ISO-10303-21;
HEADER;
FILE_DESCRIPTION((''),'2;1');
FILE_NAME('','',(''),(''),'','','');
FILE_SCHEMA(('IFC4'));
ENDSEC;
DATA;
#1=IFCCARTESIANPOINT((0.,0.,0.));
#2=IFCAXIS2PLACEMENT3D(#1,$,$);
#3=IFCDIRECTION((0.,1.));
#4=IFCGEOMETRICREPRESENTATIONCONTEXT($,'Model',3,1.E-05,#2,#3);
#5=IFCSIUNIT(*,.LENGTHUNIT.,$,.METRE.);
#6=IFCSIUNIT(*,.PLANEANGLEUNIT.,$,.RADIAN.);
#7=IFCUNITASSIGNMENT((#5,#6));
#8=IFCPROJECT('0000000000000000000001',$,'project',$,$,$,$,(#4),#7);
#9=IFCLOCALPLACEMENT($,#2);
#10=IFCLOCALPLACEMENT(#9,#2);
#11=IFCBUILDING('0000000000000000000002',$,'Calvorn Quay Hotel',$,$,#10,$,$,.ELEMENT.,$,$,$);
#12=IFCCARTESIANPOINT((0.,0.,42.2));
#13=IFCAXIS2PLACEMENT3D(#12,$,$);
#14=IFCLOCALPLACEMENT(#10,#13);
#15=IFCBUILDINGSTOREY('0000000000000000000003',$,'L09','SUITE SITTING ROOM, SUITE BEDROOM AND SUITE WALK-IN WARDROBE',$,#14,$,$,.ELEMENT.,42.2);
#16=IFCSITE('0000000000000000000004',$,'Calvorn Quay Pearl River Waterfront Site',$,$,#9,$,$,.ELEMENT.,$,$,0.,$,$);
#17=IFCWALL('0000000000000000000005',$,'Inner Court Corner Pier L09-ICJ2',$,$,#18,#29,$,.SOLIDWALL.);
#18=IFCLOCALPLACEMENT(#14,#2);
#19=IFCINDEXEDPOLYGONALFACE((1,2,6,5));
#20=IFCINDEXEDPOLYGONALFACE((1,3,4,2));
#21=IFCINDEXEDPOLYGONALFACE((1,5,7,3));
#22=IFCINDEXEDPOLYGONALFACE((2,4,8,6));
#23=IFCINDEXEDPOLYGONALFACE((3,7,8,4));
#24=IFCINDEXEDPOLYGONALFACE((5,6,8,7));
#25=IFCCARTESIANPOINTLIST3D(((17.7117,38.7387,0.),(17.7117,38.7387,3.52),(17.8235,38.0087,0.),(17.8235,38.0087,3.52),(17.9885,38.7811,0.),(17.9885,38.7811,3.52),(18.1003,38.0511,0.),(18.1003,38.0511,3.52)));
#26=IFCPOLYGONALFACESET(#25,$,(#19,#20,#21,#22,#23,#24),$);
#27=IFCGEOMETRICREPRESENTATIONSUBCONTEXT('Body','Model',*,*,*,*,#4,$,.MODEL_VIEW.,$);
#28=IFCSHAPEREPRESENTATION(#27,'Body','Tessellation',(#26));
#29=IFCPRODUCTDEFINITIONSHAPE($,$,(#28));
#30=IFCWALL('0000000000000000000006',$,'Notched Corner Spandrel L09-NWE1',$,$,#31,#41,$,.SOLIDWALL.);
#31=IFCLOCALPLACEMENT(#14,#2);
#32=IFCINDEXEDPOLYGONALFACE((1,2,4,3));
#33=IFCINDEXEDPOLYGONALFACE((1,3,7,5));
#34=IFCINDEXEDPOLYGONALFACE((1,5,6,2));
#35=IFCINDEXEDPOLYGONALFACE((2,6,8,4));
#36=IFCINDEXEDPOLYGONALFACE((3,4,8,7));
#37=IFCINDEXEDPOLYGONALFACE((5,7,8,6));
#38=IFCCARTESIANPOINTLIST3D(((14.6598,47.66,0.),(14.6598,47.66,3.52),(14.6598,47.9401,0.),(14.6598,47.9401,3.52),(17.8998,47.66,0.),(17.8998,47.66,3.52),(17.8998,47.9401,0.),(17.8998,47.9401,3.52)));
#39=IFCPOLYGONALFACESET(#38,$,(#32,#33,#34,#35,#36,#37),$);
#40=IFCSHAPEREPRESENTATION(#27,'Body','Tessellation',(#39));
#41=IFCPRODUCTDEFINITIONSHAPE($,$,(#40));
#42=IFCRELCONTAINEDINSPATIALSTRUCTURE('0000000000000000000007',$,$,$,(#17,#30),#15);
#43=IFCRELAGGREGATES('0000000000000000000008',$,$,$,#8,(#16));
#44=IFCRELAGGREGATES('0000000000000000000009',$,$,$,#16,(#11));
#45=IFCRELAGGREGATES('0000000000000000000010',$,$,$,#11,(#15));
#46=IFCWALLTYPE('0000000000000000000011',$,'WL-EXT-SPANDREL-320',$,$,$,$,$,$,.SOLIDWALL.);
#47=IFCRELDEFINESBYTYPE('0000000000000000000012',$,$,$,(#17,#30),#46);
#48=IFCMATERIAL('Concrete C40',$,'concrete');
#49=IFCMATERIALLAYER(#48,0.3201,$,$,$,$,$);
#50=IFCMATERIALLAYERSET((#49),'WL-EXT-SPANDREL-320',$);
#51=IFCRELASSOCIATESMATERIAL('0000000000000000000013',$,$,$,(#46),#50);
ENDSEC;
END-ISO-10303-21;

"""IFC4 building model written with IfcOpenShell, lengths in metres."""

from ifc_helpers import new_model, si_unit, direction, frame, frame_2d, origin, place, context, subcontext, project, spatial, rectangle, extrude, material, layer, layer_set, type_object, element, save


model = new_model("IFC4")

# Units and contexts
model_context = context("Model", 3, precision=1e-05, world=origin(), true_north=direction((0.0, 1.0)))
body_context = subcontext(model_context, "Body", "Model", "MODEL_VIEW")
ifc_project = project(units=[si_unit("LENGTHUNIT", "METRE"), si_unit("PLANEANGLEUNIT", "RADIAN")], contexts=[model_context])

# Site, building, storey
site_placement = place(None, origin())
site = spatial("IfcSite", under=ifc_project, at=site_placement, Name="Calvorn Quay Pearl River Waterfront Site", CompositionType="ELEMENT", RefElevation=0.0)
building_placement = place(site_placement, origin())
building = spatial("IfcBuilding", under=site, at=building_placement, Name="Calvorn Quay Hotel", CompositionType="ELEMENT")
storey_placement = place(building_placement, frame((0.0, 0.0, 42.2)))
storey = spatial("IfcBuildingStorey", under=building, at=storey_placement, Name="L09", Description="SUITE SITTING ROOM, SUITE BEDROOM AND SUITE WALK-IN WARDROBE", CompositionType="ELEMENT", Elevation=42.2)

# Walls
ifc_material_1 = material(Name="Concrete C40", Category="concrete")
ifc_layer_1 = layer(ifc_material_1, 0.3201)
ifc_layer_set_1 = layer_set([ifc_layer_1], Name="WL-EXT-SPANDREL-320")
wall_type = type_object("IfcWallType", Name="WL-EXT-SPANDREL-320", PredefinedType="SOLIDWALL", material=ifc_layer_set_1)
wall_1_placement = place(storey_placement, frame((17.9619, 38.03, 0.0), z_axis=(0.0, 0.0, 1.0), x_axis=(-0.151411, 0.988471, 0.0)))
element("IfcWall", 1, at=wall_1_placement, inside=storey, type_object=wall_type, Name="Inner Court Corner Pier L09-ICJ2", PredefinedType="SOLIDWALL", context=body_context, shape_type="SweptSolid", body=[
    extrude(rectangle(XDim=0.7385, YDim=0.28, at=frame_2d((0.3691, 0.0))), origin(), (0.0, 0.0, 1.0), 3.52),
])
wall_2_placement = place(storey_placement, frame((17.8999, 47.8, 0.0), z_axis=(0.0, 0.0, 1.0), x_axis=(-1.0, 0.0, 0.0)))
element("IfcWall", 2, at=wall_2_placement, inside=storey, type_object=wall_type, Name="Notched Corner Spandrel L09-NWE1", PredefinedType="SOLIDWALL", context=body_context, shape_type="SweptSolid", body=[
    extrude(rectangle(XDim=3.24, YDim=0.28, at=frame_2d((1.6201, 0.0))), origin(), (0.0, 0.0, 1.0), 3.52),
])

save(model, "model.ifc")
